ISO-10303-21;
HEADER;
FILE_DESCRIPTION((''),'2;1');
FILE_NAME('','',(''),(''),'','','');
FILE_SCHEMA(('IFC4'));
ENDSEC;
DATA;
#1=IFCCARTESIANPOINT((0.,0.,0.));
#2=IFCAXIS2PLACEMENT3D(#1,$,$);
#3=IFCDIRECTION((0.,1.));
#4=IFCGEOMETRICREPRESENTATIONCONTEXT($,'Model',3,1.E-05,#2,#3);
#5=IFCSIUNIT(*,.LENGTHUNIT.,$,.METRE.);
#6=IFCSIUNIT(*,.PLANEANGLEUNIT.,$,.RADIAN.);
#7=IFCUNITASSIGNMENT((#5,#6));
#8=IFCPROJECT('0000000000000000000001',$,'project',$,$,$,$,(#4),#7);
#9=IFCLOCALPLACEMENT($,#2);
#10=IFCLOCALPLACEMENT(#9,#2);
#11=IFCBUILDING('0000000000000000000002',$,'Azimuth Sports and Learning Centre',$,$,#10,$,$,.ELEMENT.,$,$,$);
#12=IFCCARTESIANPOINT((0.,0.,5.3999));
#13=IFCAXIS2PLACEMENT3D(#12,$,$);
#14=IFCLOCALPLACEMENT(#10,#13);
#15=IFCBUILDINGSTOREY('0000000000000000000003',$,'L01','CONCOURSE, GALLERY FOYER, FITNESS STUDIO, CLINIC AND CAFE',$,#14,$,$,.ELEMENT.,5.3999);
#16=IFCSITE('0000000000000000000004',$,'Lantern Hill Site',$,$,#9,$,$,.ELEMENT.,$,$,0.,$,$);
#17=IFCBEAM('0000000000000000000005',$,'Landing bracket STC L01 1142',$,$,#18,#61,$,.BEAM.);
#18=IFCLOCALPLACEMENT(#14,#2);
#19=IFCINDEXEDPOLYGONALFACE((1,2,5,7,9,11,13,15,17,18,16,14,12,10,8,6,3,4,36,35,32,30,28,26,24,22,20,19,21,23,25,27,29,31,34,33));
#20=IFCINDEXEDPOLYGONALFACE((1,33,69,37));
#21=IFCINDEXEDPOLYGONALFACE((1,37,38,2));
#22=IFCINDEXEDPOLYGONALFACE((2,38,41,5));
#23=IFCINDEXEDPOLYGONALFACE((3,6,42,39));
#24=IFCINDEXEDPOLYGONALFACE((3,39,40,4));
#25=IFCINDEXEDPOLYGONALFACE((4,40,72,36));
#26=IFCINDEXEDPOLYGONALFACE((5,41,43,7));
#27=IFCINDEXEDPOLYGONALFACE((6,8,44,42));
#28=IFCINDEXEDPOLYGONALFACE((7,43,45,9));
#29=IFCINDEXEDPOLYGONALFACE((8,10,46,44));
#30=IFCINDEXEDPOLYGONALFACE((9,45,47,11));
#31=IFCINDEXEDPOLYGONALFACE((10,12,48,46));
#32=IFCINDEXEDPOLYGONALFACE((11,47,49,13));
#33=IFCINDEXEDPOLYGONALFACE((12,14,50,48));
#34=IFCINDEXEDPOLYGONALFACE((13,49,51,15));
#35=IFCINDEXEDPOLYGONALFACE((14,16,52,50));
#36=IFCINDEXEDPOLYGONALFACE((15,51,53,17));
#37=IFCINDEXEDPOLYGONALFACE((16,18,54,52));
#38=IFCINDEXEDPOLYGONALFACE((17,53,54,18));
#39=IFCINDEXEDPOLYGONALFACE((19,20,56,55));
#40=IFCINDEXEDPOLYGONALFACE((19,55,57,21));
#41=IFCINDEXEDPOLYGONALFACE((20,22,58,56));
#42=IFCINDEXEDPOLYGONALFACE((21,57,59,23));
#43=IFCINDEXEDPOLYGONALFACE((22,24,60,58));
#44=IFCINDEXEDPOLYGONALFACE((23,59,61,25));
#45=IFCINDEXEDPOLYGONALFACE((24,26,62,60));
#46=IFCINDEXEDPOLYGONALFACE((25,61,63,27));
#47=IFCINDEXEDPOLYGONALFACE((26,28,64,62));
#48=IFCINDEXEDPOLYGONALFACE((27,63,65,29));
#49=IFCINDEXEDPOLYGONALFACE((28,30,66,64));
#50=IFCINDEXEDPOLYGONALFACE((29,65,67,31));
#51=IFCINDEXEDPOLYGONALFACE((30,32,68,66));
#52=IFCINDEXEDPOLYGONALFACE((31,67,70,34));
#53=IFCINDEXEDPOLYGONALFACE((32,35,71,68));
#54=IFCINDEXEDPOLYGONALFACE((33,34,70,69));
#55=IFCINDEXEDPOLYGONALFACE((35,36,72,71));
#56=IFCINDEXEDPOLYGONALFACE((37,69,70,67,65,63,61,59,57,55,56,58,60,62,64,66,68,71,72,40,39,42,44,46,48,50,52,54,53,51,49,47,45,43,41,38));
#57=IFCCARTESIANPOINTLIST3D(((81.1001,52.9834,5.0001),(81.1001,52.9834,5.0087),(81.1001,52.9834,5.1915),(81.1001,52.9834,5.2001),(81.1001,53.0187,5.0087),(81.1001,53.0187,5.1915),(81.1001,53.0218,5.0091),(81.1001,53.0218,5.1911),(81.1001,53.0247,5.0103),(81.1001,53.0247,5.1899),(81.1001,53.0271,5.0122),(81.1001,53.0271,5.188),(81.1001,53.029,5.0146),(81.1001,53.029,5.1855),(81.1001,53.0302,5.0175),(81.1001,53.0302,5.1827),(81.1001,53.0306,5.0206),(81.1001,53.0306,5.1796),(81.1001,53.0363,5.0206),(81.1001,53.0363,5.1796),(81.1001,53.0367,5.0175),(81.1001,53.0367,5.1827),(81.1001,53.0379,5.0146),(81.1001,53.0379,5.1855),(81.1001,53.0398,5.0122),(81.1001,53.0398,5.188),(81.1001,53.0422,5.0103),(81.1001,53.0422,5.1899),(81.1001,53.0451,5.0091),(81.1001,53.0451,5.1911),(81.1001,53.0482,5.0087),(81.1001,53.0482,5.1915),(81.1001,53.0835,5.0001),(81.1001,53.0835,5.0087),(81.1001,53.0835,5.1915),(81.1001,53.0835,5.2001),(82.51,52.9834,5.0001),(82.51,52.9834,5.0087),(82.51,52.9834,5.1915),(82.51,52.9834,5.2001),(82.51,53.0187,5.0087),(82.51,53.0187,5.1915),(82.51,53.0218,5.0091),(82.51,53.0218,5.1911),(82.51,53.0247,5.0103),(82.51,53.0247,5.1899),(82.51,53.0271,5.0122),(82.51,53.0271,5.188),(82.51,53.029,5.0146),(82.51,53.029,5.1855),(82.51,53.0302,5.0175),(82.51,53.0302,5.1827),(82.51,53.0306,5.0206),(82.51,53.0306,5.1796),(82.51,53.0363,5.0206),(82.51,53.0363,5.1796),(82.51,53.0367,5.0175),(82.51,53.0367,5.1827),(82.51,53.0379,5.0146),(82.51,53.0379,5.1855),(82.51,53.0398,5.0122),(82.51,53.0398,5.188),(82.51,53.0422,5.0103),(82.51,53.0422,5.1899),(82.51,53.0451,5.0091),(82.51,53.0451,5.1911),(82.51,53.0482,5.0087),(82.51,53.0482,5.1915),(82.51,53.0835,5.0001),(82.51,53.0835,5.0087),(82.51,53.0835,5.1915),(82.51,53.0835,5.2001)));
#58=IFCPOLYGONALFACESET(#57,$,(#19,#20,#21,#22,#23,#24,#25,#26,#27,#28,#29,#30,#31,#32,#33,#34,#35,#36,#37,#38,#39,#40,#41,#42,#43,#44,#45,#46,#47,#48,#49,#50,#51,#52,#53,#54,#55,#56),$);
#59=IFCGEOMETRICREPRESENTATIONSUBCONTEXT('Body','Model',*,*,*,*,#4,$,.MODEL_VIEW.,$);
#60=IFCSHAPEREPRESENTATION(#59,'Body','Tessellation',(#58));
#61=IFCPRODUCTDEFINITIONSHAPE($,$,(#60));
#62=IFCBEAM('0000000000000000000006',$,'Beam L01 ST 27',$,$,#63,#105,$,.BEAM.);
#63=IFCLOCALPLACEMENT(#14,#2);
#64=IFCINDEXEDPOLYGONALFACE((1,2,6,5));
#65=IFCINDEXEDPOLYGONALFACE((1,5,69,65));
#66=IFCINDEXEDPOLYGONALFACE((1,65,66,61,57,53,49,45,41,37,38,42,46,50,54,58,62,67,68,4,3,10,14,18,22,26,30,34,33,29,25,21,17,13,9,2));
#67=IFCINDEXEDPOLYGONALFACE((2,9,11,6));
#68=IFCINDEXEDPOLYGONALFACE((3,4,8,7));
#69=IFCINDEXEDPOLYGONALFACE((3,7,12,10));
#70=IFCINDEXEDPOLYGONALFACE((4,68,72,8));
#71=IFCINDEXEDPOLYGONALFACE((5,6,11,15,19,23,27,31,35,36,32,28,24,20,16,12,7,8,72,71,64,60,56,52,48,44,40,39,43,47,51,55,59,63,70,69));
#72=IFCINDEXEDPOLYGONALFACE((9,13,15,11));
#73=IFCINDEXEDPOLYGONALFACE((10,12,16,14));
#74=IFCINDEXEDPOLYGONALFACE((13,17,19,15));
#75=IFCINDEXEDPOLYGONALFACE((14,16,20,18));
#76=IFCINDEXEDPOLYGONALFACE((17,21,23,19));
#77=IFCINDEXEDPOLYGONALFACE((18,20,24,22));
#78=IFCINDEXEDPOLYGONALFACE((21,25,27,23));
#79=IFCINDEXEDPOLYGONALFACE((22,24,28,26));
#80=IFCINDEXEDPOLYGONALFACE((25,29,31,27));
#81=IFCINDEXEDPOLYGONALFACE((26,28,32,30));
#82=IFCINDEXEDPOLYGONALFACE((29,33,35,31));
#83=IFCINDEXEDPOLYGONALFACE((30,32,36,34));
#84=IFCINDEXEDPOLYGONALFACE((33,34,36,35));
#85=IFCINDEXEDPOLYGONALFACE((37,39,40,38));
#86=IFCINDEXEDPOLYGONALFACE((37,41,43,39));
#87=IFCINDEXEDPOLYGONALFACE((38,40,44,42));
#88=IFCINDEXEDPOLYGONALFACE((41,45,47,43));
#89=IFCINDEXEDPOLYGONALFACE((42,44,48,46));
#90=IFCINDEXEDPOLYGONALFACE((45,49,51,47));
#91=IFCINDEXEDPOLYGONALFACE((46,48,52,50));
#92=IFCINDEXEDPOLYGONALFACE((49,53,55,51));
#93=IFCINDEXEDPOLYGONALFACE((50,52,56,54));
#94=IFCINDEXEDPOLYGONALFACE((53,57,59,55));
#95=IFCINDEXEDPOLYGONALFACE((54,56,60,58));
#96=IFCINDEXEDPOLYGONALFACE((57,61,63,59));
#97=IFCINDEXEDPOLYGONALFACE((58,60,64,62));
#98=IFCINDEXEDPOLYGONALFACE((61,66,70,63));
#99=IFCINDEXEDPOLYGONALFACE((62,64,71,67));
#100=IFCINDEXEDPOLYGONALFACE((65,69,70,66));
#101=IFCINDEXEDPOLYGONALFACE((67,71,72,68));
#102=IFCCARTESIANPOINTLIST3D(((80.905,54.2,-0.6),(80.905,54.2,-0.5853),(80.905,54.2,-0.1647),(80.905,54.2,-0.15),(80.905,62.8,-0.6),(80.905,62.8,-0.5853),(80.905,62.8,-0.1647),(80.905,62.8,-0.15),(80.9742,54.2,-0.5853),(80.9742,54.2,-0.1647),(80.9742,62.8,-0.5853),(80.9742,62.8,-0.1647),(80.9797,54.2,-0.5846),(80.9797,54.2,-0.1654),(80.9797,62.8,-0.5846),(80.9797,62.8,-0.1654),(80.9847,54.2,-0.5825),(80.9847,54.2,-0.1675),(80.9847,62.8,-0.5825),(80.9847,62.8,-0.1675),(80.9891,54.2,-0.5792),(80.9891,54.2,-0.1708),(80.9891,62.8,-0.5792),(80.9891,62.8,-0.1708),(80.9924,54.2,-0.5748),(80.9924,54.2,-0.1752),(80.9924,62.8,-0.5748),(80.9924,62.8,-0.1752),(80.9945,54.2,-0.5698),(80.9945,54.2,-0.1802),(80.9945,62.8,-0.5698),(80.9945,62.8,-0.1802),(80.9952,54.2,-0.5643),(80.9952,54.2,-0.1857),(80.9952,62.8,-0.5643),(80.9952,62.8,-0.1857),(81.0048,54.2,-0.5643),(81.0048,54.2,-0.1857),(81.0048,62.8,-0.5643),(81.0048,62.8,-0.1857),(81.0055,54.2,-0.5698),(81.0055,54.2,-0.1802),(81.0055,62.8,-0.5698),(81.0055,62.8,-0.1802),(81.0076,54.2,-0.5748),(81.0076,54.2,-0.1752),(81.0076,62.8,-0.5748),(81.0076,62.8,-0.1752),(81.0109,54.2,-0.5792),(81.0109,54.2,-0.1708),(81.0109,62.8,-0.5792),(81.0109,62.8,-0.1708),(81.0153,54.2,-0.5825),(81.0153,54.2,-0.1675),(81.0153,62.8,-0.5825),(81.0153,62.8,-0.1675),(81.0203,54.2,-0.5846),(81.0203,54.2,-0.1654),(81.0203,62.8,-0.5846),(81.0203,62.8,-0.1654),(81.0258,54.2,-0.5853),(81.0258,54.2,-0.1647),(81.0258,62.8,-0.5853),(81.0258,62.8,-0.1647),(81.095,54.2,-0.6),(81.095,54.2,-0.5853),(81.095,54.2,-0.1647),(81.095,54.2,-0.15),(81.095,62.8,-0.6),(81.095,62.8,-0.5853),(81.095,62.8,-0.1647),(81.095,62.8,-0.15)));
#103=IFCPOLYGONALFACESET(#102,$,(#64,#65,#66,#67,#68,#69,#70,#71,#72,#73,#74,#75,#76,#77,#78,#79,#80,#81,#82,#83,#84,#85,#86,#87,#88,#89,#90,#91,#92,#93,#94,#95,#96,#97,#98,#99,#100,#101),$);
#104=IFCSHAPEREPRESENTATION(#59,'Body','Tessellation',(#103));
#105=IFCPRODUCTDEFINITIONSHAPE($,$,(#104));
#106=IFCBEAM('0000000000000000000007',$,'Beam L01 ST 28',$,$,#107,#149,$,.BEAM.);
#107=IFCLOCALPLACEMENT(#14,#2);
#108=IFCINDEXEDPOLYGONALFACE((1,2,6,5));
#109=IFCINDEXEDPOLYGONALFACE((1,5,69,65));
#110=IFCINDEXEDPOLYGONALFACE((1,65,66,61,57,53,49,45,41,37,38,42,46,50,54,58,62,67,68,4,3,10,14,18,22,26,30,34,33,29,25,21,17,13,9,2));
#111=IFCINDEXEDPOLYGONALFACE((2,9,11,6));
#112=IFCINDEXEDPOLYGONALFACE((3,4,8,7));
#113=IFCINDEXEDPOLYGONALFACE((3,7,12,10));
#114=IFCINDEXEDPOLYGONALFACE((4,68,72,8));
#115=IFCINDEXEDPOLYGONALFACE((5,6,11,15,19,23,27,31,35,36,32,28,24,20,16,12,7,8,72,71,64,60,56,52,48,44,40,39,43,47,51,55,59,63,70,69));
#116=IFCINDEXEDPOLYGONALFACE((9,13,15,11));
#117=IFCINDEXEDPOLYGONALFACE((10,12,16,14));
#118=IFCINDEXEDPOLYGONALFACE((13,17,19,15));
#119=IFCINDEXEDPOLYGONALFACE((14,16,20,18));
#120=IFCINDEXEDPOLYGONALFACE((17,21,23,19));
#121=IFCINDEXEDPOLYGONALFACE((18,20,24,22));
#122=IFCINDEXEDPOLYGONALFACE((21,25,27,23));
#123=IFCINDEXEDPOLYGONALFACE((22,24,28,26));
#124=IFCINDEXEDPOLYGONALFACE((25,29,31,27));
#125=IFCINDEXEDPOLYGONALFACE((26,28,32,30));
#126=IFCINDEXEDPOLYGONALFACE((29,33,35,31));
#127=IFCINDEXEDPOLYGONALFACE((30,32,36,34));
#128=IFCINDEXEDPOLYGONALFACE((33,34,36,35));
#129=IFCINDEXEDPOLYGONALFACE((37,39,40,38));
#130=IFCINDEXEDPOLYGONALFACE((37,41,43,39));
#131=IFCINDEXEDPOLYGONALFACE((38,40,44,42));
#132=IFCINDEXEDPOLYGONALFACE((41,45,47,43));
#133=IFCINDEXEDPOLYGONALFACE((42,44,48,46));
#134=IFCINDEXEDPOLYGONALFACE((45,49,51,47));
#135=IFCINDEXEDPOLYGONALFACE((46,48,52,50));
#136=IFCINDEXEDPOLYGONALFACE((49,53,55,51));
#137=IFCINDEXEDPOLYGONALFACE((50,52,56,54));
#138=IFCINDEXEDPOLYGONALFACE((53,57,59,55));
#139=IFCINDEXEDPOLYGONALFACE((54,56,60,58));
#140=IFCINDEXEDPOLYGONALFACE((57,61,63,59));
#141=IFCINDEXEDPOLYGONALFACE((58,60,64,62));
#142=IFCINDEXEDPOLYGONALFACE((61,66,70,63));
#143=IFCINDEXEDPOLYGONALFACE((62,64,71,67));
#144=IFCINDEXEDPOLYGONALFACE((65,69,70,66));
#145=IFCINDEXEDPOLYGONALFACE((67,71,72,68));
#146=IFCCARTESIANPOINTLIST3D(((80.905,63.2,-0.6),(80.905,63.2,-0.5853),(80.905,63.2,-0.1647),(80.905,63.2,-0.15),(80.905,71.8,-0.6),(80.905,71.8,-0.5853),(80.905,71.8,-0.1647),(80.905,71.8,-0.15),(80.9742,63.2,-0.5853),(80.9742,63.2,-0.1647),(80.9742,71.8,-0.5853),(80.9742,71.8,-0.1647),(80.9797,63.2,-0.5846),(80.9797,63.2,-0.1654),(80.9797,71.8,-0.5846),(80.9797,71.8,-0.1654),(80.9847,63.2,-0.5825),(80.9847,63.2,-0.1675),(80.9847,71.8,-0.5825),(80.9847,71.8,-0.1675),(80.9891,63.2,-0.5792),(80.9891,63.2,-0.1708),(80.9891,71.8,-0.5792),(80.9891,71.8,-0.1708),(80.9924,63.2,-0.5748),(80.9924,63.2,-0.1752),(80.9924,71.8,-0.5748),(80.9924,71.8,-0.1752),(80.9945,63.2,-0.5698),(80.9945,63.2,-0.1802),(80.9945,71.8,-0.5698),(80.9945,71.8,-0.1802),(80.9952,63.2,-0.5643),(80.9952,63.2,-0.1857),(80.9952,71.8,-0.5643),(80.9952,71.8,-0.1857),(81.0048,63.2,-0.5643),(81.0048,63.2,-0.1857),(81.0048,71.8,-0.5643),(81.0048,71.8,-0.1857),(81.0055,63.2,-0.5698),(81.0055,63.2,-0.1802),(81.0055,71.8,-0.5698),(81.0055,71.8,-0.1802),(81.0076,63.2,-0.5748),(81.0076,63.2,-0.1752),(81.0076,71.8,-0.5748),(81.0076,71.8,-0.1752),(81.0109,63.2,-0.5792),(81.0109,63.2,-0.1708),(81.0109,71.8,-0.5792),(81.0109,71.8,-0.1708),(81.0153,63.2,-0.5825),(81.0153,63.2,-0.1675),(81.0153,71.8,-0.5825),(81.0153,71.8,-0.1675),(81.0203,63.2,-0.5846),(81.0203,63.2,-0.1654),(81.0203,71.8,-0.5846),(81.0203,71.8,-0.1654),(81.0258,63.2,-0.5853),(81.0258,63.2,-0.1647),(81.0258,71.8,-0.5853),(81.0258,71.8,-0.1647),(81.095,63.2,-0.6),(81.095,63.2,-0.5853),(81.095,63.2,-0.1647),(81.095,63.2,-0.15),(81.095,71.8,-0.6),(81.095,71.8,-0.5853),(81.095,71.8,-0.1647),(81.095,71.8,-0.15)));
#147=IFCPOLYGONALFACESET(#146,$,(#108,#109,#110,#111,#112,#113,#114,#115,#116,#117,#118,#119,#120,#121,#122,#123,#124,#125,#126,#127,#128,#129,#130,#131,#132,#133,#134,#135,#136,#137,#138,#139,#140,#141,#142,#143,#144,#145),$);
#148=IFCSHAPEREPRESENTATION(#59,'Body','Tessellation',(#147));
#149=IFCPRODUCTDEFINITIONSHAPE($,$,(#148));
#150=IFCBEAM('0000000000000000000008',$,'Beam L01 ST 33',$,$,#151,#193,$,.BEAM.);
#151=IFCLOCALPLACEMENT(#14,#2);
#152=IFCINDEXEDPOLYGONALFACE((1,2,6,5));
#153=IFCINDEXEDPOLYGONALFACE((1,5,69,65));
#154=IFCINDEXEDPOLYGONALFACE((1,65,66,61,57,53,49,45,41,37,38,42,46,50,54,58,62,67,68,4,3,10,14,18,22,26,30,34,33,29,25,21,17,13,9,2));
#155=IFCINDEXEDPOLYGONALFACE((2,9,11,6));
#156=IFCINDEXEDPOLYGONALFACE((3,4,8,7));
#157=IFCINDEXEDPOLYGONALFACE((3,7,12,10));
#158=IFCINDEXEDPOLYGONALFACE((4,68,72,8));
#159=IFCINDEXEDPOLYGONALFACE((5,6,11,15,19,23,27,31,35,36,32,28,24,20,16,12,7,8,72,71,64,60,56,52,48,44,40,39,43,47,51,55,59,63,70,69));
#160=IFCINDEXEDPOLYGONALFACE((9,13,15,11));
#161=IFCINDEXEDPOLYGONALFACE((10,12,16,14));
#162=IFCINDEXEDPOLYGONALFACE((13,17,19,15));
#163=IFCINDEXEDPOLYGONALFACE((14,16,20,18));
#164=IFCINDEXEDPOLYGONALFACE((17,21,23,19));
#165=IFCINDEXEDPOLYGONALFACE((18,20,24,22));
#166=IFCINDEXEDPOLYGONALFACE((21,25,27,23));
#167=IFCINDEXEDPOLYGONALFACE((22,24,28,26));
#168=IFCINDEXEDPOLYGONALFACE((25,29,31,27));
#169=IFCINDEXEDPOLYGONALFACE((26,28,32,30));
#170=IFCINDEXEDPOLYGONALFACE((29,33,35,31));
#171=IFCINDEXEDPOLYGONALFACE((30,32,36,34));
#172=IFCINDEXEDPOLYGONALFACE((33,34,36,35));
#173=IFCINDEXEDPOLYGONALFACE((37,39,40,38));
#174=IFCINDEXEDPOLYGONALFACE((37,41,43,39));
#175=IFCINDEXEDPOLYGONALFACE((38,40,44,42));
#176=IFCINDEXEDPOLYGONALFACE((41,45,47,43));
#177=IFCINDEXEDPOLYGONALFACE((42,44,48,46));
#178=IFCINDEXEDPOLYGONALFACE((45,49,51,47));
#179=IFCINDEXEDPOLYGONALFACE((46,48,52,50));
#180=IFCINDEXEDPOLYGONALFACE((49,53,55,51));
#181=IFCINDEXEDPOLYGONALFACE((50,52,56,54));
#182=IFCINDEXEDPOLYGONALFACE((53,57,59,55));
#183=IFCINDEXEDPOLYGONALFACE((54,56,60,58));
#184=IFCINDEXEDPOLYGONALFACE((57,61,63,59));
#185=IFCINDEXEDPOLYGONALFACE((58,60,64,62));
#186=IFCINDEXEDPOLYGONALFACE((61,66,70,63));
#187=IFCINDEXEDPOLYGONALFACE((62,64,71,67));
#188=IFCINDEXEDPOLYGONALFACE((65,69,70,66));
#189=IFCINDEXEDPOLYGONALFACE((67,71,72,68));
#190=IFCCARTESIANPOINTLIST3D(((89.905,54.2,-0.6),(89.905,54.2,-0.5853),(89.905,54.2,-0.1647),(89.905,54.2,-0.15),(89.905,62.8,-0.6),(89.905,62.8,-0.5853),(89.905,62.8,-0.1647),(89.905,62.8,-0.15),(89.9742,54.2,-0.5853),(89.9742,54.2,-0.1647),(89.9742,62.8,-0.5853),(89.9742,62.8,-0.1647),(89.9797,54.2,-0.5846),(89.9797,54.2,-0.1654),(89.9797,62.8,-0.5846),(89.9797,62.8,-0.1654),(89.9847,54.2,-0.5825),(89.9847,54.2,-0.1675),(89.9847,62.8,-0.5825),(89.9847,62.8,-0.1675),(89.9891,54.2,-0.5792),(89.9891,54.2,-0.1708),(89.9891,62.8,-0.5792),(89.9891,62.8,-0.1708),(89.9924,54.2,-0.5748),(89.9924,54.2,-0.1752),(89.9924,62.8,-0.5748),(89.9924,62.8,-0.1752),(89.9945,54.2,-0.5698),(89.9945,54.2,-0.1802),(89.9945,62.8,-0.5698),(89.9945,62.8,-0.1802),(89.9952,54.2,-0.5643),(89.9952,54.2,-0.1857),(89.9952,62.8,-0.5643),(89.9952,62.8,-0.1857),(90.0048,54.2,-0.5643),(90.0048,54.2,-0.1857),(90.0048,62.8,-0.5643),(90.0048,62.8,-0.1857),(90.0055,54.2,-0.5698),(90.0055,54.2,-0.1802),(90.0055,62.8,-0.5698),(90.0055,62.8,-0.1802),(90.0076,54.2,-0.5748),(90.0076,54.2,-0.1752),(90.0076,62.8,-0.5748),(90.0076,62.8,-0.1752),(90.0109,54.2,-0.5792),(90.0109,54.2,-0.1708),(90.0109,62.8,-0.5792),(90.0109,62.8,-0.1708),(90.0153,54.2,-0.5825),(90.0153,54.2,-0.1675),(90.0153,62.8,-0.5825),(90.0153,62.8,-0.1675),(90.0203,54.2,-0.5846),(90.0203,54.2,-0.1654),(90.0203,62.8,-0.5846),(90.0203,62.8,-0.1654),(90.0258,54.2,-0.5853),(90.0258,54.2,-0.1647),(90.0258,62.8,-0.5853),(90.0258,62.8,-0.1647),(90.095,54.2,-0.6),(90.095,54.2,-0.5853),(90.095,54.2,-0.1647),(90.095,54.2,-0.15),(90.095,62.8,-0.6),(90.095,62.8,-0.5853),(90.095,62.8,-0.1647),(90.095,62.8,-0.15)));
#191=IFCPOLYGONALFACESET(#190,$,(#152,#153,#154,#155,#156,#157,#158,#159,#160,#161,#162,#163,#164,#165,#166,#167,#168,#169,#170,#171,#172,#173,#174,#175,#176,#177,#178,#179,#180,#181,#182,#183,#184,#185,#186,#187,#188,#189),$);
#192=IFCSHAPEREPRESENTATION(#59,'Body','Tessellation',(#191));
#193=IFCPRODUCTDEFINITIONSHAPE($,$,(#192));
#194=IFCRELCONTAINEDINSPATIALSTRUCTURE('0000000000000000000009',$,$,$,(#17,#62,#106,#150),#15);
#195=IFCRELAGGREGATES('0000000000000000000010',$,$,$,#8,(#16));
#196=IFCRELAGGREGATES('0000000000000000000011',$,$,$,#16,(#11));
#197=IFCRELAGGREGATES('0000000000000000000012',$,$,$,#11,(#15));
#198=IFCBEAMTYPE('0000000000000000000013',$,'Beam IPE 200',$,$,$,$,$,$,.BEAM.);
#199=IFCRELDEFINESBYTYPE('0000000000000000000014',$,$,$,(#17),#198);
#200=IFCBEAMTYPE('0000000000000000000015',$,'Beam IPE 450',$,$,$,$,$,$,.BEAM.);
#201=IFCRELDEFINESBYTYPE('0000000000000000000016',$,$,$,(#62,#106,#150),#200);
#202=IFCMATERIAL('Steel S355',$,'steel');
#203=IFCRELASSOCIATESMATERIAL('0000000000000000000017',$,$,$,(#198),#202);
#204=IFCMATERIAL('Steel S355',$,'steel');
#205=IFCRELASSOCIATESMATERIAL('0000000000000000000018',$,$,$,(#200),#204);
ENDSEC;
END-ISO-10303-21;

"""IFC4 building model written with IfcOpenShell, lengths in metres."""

from ifc_helpers import new_model, si_unit, direction, frame, origin, origin_2d, place, context, subcontext, project, spatial, i_section, extrude, material, material_profile, profile_set, type_object, element, save


model = new_model("IFC4")

# Units and contexts
model_context = context("Model", 3, precision=1e-05, world=origin(), true_north=direction((0.0, 1.0)))
body_context = subcontext(model_context, "Body", "Model", "MODEL_VIEW")
ifc_project = project(units=[si_unit("LENGTHUNIT", "METRE"), si_unit("PLANEANGLEUNIT", "RADIAN")], contexts=[model_context])

# Site, building, storey
site_placement = place(None, origin())
site = spatial("IfcSite", under=ifc_project, at=site_placement, Name="Lantern Hill Site", CompositionType="ELEMENT", RefElevation=0.0)
building_placement = place(site_placement, origin())
building = spatial("IfcBuilding", under=site, at=building_placement, Name="Azimuth Sports and Learning Centre", CompositionType="ELEMENT")
storey_placement = place(building_placement, frame((0.0, 0.0, 5.3999)))
storey = spatial("IfcBuildingStorey", under=building, at=storey_placement, Name="L01", Description="CONCOURSE, GALLERY FOYER, FITNESS STUDIO, CLINIC AND CAFE", CompositionType="ELEMENT", Elevation=5.3999)

# Beams
ifc_material_1 = material(Name="Steel S355", Category="steel")
ifc_material_profile_1 = material_profile(ifc_material_1, i_section(OverallWidth=0.1001, OverallDepth=0.2, WebThickness=0.0056, FlangeThickness=0.0085, FilletRadius=0.012, at=origin_2d()), Name="IPE 200")
ifc_profile_set_1 = profile_set([ifc_material_profile_1], Name="Steel S355")
beam_type_1 = type_object("IfcBeamType", Name="Beam IPE 200", PredefinedType="BEAM", material=ifc_profile_set_1)
for number, where, z_axis, x_axis, name in (
    (1, (81.1001, 53.0334, 5.1001), (1.0, 0.0, 0.0), (0.0, 1.0, 0.0), "Landing bracket STC L01 1142"),
):
    element("IfcBeam", number, at=place(storey_placement, frame(where, z_axis=z_axis, x_axis=x_axis)), inside=storey, type_object=beam_type_1, Name=name, PredefinedType="BEAM", context=body_context, shape_type="SweptSolid", body=[
        extrude(i_section(OverallWidth=0.1001, OverallDepth=0.2, WebThickness=0.0056, FlangeThickness=0.0085, FilletRadius=0.012, at=origin_2d()), origin(), (0.0, 0.0, 1.0), 1.4099),
    ])
ifc_material_2 = material(Name="Steel S355", Category="steel")
ifc_material_profile_2 = material_profile(ifc_material_2, i_section(OverallWidth=0.1899, OverallDepth=0.45, WebThickness=0.0095, FlangeThickness=0.0146, FilletRadius=0.021, at=origin_2d()), Name="IPE 450")
ifc_profile_set_2 = profile_set([ifc_material_profile_2], Name="Steel S355")
beam_type_2 = type_object("IfcBeamType", Name="Beam IPE 450", PredefinedType="BEAM", material=ifc_profile_set_2)
for number, where, z_axis, x_axis, name in (
    (2, (81.0, 54.2, -0.375), (0.0, 1.0, 0.0), (-1.0, 0.0, 0.0), "Beam L01 ST 27"),
    (3, (81.0, 63.2, -0.375), (0.0, 1.0, 0.0), (-1.0, 0.0, 0.0), "Beam L01 ST 28"),
    (4, (90.0, 54.2, -0.375), (0.0, 1.0, 0.0), (-1.0, 0.0, 0.0), "Beam L01 ST 33"),
):
    element("IfcBeam", number, at=place(storey_placement, frame(where, z_axis=z_axis, x_axis=x_axis)), inside=storey, type_object=beam_type_2, Name=name, PredefinedType="BEAM", context=body_context, shape_type="SweptSolid", body=[
        extrude(i_section(OverallWidth=0.1899, OverallDepth=0.45, WebThickness=0.0095, FlangeThickness=0.0146, FilletRadius=0.021, at=origin_2d()), origin(), (0.0, 0.0, 1.0), 8.6001),
    ])

save(model, "model.ifc")
